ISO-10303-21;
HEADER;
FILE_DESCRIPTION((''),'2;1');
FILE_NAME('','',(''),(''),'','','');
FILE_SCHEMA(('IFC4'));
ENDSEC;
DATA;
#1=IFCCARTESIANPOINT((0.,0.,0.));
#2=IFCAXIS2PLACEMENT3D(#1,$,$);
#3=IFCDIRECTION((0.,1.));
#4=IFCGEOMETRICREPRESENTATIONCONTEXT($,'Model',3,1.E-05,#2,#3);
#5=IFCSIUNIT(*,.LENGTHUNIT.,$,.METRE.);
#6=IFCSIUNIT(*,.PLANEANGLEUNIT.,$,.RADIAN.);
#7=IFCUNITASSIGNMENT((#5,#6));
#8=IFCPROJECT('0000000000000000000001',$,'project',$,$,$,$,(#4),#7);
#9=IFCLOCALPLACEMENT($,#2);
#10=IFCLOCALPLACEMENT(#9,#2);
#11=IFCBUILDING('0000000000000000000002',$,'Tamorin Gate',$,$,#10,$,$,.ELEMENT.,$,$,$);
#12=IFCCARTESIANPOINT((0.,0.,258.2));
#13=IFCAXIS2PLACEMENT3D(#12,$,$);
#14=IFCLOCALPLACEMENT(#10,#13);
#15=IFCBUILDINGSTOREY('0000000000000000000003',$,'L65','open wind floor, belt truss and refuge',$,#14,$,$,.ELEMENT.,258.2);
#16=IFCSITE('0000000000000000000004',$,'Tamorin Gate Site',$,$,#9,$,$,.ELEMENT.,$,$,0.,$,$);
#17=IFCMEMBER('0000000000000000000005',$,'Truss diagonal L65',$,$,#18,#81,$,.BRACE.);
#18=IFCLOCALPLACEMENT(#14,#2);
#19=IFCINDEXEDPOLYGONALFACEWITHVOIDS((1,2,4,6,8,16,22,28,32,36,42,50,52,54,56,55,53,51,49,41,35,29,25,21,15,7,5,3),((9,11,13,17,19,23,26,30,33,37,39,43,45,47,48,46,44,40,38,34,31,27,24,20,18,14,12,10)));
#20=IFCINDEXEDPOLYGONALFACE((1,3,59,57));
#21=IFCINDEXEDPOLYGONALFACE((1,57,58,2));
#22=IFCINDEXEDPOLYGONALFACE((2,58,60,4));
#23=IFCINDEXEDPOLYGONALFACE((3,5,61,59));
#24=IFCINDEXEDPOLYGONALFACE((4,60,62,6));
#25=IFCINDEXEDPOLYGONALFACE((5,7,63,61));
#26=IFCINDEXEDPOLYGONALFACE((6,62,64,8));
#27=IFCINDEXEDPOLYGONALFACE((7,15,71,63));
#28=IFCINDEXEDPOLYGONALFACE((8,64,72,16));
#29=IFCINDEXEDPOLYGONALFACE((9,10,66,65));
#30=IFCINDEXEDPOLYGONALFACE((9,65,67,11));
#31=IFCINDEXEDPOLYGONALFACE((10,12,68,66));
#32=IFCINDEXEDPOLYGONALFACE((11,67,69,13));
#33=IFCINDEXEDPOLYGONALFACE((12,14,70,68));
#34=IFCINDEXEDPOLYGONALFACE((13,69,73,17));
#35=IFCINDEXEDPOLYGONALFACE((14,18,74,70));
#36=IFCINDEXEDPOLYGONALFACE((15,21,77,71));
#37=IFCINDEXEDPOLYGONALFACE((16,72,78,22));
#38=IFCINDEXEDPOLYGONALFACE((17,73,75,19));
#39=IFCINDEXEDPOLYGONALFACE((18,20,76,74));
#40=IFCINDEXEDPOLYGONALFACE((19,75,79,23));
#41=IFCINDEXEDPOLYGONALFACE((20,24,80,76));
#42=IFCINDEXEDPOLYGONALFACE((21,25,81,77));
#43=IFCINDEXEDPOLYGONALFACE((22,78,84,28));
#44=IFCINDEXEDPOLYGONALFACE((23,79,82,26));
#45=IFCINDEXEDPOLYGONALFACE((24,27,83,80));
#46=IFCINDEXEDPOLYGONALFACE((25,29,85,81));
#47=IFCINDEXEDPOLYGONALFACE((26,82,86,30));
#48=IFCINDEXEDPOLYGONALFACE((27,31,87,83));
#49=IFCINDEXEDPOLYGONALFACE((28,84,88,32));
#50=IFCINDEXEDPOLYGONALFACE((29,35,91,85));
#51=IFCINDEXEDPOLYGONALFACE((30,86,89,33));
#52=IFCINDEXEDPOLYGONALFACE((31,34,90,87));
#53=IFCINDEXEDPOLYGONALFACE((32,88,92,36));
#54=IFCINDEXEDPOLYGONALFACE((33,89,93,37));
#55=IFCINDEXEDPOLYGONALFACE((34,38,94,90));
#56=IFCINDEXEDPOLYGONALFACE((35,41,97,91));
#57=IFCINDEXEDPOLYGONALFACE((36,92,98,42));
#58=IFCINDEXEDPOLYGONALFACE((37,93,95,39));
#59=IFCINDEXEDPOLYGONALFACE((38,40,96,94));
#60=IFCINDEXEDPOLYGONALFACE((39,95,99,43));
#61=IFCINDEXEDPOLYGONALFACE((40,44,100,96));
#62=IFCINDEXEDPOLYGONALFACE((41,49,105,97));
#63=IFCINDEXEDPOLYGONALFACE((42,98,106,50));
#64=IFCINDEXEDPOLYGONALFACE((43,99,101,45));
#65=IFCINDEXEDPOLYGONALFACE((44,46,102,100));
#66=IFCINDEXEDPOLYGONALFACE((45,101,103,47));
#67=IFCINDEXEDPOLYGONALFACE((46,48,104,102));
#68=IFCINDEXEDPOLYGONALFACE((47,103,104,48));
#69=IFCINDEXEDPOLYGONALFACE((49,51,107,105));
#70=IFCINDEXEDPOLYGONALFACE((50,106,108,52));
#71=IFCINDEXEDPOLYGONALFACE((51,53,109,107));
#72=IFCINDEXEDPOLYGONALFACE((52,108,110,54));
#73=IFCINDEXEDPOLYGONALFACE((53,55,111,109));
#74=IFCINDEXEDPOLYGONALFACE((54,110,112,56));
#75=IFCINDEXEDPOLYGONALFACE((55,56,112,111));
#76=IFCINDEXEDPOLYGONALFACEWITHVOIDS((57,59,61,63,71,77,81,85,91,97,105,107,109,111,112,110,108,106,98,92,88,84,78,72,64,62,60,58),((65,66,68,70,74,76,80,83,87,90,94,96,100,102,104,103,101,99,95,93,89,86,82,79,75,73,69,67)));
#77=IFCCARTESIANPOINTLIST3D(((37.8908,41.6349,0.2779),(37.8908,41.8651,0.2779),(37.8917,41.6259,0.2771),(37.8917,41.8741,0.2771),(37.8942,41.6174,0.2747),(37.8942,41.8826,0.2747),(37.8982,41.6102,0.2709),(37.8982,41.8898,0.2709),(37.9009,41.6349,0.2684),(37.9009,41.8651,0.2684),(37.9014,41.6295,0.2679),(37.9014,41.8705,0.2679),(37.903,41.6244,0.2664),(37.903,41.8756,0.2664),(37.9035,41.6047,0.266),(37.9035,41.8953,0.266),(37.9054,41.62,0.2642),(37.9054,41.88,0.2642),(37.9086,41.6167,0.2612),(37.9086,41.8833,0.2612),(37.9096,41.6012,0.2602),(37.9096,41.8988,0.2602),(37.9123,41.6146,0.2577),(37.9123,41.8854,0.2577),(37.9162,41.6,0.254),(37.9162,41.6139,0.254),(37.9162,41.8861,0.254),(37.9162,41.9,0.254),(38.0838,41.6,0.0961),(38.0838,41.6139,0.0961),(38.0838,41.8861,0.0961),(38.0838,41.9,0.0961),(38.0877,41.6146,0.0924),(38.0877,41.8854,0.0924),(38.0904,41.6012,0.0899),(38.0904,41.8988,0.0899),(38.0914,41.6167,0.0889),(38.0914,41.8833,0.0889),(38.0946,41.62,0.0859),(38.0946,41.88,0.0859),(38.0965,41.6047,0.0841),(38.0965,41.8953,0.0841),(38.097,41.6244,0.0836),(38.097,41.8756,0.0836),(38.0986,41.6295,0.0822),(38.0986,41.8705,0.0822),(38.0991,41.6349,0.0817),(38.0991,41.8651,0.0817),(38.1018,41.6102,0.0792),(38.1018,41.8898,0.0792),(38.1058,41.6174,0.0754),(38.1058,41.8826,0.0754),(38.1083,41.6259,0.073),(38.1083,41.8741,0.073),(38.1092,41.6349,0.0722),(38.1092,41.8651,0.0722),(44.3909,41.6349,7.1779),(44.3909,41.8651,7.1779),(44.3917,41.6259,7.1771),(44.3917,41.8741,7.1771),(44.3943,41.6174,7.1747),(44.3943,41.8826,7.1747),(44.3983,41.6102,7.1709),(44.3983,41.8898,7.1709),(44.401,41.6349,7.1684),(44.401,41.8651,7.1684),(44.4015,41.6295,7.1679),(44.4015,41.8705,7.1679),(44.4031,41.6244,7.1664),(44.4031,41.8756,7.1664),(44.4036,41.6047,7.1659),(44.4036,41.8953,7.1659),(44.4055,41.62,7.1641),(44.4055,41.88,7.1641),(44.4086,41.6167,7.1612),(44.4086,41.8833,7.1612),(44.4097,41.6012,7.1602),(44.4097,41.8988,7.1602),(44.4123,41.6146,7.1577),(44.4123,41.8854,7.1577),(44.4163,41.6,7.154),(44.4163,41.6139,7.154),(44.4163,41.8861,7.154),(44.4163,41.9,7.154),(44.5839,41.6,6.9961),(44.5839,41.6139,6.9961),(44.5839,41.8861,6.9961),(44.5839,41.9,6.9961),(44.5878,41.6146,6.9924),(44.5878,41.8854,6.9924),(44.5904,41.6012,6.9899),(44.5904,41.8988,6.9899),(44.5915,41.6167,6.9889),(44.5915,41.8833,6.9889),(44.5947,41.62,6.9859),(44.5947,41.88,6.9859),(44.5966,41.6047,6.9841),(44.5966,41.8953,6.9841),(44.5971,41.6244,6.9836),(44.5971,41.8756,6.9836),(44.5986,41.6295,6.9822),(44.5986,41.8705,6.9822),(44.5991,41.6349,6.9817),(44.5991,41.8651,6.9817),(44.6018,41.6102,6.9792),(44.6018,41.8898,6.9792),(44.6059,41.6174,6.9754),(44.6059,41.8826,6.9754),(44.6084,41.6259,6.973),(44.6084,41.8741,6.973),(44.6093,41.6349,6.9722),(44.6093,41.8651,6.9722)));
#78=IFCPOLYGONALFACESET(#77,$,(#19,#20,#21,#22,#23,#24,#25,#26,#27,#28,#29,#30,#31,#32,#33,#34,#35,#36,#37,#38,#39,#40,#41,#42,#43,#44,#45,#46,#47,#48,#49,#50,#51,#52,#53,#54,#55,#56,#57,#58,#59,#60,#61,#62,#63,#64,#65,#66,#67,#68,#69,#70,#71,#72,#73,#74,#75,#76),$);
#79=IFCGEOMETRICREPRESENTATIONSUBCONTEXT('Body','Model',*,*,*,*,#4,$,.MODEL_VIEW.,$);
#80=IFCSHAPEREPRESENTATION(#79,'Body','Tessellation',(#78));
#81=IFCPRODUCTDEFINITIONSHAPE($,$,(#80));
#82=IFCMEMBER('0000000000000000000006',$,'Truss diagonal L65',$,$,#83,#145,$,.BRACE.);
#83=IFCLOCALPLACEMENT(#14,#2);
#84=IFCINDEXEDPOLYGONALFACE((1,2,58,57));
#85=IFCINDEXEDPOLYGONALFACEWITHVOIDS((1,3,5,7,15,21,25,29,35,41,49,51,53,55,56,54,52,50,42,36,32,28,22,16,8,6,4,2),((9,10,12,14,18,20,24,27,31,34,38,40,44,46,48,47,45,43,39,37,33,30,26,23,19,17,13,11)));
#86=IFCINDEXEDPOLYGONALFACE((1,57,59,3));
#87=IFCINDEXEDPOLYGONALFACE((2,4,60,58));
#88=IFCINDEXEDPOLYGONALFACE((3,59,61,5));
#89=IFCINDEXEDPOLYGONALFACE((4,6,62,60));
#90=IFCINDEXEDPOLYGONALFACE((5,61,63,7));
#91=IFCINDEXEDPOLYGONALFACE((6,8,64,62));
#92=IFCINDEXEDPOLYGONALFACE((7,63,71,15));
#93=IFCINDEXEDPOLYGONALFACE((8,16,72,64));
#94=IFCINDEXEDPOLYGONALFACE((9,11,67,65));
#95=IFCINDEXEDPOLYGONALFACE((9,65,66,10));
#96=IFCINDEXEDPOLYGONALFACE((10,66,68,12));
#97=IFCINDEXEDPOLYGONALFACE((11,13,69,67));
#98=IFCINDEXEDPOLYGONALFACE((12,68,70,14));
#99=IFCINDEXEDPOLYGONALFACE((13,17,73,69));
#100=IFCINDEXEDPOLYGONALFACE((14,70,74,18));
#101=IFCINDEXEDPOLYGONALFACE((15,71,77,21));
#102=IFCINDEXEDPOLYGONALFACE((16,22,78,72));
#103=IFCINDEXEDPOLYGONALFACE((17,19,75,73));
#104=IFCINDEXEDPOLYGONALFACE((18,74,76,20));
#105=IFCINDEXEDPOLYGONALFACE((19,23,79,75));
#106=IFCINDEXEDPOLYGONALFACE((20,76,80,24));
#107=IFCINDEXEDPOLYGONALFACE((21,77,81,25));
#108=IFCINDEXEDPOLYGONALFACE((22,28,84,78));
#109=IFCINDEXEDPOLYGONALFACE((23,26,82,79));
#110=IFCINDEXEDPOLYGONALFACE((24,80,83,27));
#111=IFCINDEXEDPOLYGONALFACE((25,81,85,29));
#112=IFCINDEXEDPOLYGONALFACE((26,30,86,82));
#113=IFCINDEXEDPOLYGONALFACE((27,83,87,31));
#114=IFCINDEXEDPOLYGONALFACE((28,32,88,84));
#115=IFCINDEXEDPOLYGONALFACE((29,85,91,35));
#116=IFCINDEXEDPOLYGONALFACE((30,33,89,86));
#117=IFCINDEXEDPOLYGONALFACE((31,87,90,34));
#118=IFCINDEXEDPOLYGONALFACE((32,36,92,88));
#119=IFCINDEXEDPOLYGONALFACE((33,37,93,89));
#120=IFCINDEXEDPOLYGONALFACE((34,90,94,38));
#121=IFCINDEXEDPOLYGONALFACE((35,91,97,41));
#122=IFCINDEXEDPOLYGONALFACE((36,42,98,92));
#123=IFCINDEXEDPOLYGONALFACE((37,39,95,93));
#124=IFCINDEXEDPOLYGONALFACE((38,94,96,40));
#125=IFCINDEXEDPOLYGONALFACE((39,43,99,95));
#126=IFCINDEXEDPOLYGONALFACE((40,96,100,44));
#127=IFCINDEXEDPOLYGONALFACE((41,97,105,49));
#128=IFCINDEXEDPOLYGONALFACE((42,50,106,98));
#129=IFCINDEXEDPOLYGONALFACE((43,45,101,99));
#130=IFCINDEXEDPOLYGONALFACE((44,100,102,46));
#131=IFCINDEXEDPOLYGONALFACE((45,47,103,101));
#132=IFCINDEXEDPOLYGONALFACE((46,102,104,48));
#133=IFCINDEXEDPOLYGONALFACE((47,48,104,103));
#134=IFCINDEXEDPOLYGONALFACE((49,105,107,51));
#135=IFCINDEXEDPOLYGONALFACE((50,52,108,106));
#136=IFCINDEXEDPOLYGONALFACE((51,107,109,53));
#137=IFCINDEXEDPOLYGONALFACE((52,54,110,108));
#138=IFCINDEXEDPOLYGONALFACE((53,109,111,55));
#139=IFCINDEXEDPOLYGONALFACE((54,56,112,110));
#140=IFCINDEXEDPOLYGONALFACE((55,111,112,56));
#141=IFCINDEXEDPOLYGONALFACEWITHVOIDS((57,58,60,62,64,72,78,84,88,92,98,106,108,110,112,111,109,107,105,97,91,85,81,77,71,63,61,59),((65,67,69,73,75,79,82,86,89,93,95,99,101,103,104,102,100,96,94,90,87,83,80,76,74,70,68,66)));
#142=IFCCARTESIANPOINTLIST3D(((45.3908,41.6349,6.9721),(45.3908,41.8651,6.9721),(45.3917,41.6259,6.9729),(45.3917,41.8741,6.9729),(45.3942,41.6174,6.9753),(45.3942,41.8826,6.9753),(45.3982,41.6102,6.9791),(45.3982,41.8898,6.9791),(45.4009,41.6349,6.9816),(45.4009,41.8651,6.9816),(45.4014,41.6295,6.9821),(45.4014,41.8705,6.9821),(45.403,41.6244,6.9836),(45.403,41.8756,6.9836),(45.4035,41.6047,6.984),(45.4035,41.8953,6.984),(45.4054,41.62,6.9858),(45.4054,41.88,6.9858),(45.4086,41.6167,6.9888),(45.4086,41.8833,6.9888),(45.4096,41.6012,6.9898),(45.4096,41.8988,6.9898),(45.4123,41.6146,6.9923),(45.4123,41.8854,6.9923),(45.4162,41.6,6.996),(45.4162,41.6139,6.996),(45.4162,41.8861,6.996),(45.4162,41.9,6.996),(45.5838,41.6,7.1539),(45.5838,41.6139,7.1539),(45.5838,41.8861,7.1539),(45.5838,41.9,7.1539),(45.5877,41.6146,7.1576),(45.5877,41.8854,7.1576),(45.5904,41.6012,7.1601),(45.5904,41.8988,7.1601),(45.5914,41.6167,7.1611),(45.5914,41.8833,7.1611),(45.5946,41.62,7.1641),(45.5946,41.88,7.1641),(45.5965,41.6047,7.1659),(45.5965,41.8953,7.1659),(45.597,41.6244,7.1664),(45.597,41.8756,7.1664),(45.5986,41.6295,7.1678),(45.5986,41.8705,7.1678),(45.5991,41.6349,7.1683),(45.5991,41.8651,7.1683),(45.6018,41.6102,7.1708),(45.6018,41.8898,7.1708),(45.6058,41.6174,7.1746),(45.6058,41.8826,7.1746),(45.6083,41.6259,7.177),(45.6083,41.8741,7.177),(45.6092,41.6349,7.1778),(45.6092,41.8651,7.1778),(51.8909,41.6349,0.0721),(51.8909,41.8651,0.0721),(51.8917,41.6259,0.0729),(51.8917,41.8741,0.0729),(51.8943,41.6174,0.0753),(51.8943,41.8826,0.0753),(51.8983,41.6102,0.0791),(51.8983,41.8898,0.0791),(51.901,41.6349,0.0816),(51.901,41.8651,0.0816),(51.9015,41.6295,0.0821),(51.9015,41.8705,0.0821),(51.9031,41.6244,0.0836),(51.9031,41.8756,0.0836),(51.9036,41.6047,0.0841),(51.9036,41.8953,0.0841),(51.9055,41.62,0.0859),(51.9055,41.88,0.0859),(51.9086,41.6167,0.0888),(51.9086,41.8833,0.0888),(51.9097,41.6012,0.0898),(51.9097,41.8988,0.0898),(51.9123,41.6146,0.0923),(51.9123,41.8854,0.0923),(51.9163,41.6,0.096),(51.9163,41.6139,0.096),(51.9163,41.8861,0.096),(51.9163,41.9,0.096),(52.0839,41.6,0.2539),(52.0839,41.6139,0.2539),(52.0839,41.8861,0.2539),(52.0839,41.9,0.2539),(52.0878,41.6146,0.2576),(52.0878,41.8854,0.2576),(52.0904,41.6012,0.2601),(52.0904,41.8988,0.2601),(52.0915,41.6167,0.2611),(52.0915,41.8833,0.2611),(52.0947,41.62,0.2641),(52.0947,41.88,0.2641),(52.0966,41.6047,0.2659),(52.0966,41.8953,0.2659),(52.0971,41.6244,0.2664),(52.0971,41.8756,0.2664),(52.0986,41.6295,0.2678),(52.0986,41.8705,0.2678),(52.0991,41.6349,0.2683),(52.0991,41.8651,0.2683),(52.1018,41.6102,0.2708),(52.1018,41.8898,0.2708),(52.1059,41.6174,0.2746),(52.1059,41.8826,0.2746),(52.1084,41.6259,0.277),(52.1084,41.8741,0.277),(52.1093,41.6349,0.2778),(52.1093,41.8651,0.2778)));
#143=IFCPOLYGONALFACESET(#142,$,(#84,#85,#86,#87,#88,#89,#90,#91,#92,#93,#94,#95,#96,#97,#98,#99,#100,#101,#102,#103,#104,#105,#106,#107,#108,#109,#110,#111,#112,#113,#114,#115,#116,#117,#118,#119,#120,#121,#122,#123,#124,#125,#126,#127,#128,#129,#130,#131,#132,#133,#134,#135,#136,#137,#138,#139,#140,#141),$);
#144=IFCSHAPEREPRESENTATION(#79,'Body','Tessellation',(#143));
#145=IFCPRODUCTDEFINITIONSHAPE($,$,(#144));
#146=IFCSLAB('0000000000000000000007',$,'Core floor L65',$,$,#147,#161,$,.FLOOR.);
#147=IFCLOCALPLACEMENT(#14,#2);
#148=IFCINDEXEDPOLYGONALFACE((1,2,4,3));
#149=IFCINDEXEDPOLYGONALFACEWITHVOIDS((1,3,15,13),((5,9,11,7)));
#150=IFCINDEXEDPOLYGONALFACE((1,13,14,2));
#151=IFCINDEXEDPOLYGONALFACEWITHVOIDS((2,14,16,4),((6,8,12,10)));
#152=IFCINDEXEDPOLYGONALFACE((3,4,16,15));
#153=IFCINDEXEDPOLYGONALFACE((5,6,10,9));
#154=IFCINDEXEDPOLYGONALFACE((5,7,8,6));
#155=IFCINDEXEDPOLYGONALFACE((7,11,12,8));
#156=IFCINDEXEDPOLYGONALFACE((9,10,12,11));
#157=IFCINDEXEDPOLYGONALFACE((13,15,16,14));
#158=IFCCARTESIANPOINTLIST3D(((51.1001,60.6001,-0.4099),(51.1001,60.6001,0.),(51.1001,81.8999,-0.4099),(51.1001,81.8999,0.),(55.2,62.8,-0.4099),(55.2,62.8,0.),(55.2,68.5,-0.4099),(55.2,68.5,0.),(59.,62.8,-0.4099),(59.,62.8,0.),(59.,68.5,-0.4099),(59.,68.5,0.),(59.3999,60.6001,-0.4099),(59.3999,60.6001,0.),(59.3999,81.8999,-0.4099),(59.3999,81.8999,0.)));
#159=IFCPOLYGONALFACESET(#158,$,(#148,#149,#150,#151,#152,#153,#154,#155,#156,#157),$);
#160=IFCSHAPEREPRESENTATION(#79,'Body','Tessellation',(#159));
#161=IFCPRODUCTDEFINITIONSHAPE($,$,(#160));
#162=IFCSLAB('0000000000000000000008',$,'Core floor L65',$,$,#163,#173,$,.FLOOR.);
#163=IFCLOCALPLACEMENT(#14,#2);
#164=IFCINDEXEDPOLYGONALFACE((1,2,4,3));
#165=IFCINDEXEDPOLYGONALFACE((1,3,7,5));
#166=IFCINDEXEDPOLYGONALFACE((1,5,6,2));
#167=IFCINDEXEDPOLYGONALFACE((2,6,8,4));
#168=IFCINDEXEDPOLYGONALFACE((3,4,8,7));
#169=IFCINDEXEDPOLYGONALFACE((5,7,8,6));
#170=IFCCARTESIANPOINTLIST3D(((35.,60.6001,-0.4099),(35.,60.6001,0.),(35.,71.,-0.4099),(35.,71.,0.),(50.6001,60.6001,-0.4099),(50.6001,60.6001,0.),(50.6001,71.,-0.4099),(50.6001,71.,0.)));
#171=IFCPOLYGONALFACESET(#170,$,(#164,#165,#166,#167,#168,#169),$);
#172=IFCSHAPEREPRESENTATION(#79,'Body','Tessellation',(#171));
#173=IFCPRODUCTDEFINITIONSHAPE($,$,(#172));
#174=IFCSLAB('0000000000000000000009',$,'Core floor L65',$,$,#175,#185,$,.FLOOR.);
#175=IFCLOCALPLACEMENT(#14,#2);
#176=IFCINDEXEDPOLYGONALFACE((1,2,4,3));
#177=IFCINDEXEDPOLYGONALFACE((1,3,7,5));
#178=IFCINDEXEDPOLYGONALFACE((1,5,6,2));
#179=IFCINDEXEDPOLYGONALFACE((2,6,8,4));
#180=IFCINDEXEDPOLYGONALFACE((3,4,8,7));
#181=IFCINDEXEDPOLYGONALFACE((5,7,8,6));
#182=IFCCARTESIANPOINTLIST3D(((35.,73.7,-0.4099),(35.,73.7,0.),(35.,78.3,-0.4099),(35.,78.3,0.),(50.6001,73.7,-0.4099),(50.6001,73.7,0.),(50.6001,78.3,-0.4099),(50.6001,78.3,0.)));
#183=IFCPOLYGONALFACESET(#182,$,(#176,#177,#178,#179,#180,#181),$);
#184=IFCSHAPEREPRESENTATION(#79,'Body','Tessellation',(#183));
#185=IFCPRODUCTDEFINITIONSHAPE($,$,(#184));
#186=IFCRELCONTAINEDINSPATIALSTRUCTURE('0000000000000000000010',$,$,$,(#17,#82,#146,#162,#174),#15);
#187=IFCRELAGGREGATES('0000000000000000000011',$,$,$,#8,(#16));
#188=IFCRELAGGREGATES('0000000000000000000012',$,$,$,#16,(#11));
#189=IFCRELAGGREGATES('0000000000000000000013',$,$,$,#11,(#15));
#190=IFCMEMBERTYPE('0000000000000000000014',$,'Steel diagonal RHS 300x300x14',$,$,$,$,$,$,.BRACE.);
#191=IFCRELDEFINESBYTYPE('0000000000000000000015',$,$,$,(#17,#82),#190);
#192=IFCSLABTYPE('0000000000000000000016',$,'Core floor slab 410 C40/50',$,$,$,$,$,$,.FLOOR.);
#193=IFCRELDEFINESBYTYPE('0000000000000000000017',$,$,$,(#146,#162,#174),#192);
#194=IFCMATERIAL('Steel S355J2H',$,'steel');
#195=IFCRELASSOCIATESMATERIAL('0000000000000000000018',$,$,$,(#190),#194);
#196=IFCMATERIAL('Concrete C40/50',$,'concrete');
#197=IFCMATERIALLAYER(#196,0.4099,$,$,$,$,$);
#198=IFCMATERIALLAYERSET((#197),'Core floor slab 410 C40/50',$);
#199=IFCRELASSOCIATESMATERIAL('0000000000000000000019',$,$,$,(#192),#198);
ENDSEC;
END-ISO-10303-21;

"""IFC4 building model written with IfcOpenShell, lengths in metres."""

from ifc_helpers import new_model, si_unit, direction, frame, origin, origin_2d, place, context, subcontext, project, spatial, polyline, hollow_rectangle, outline, extrude, material, layer, layer_set, material_profile, profile_set, type_object, element, save


model = new_model("IFC4")

# Units and contexts
model_context = context("Model", 3, precision=1e-05, world=origin(), true_north=direction((0.0, 1.0)))
body_context = subcontext(model_context, "Body", "Model", "MODEL_VIEW")
ifc_project = project(units=[si_unit("LENGTHUNIT", "METRE"), si_unit("PLANEANGLEUNIT", "RADIAN")], contexts=[model_context])

# Site, building, storey
site_placement = place(None, origin())
site = spatial("IfcSite", under=ifc_project, at=site_placement, Name="Tamorin Gate Site", CompositionType="ELEMENT", RefElevation=0.0)
building_placement = place(site_placement, origin())
building = spatial("IfcBuilding", under=site, at=building_placement, Name="Tamorin Gate", CompositionType="ELEMENT")
storey_placement = place(building_placement, frame((0.0, 0.0, 258.2)))
storey = spatial("IfcBuildingStorey", under=building, at=storey_placement, Name="L65", Description="open wind floor, belt truss and refuge", CompositionType="ELEMENT", Elevation=258.2)

# Members
ifc_material_1 = material(Name="Steel S355J2H", Category="steel")
ifc_material_profile_1 = material_profile(ifc_material_1, hollow_rectangle(XDim=0.3, YDim=0.3, WallThickness=0.0139, InnerFilletRadius=0.021, OuterFilletRadius=0.0349, at=origin_2d()), Name="RHS 300x300x14")
ifc_profile_set_1 = profile_set([ifc_material_profile_1], Name="Steel S355J2H")
member_type_1 = type_object("IfcMemberType", Name="Steel diagonal RHS 300x300x14", PredefinedType="BRACE", material=ifc_profile_set_1)
for number, where, z_axis, x_axis, name in (
    (1, (38.0, 41.75, 0.175), (0.685699, 0.0, 0.727885), (0.0, 1.0, 0.0), "Truss diagonal L65"),
    (2, (45.5, 41.75, 7.075), (0.685699, 0.0, -0.727885), (0.0, 1.0, 0.0), "Truss diagonal L65"),
):
    element("IfcMember", number, at=place(storey_placement, frame(where, z_axis=z_axis, x_axis=x_axis)), inside=storey, type_object=member_type_1, Name=name, PredefinedType="BRACE", context=body_context, shape_type="SweptSolid", body=[
        extrude(hollow_rectangle(XDim=0.3, YDim=0.3, WallThickness=0.0139, InnerFilletRadius=0.021, OuterFilletRadius=0.0349, at=origin_2d()), origin(), (0.0, 0.0, 1.0), 9.4795),
    ])

# Slabs
ifc_material_2 = material(Name="Concrete C40/50", Category="concrete")
ifc_layer_1 = layer(ifc_material_2, 0.4099)
ifc_layer_set_1 = layer_set([ifc_layer_1], Name="Core floor slab 410 C40/50")
slab_type_1 = type_object("IfcSlabType", Name="Core floor slab 410 C40/50", PredefinedType="FLOOR", material=ifc_layer_set_1)
slab_1_placement = place(storey_placement, frame((0.0, 0.0, -0.4099)))
element("IfcSlab", 3, at=slab_1_placement, inside=storey, type_object=slab_type_1, Name="Core floor L65", PredefinedType="FLOOR", context=body_context, shape_type="SweptSolid", body=[
    extrude(outline(polyline([(51.1001, 81.8999), (59.3999, 81.8999), (59.3999, 60.6001), (51.1001, 60.6001), (51.1001, 81.8999)]), holes=[polyline([(55.2, 62.8), (59.0, 62.8), (59.0, 68.5), (55.2, 68.5), (55.2, 62.8)])]), origin(), (0.0, 0.0, 1.0), 0.4099),
])
slab_2_placement = place(storey_placement, frame((0.0, 0.0, -0.4099)))
element("IfcSlab", 4, at=slab_2_placement, inside=storey, type_object=slab_type_1, Name="Core floor L65", PredefinedType="FLOOR", context=body_context, shape_type="SweptSolid", body=[
    extrude(outline(polyline([(50.6001, 71.0), (50.6001, 60.6001), (35.0, 60.6001), (35.0, 71.0), (50.6001, 71.0)])), origin(), (0.0, 0.0, 1.0), 0.4099),
])
slab_3_placement = place(storey_placement, frame((0.0, 0.0, -0.4099)))
element("IfcSlab", 5, at=slab_3_placement, inside=storey, type_object=slab_type_1, Name="Core floor L65", PredefinedType="FLOOR", context=body_context, shape_type="SweptSolid", body=[
    extrude(outline(polyline([(50.6001, 73.7), (35.0, 73.7), (35.0, 78.3), (50.6001, 78.3), (50.6001, 73.7)])), origin(), (0.0, 0.0, 1.0), 0.4099),
])

save(model, "model.ifc")
